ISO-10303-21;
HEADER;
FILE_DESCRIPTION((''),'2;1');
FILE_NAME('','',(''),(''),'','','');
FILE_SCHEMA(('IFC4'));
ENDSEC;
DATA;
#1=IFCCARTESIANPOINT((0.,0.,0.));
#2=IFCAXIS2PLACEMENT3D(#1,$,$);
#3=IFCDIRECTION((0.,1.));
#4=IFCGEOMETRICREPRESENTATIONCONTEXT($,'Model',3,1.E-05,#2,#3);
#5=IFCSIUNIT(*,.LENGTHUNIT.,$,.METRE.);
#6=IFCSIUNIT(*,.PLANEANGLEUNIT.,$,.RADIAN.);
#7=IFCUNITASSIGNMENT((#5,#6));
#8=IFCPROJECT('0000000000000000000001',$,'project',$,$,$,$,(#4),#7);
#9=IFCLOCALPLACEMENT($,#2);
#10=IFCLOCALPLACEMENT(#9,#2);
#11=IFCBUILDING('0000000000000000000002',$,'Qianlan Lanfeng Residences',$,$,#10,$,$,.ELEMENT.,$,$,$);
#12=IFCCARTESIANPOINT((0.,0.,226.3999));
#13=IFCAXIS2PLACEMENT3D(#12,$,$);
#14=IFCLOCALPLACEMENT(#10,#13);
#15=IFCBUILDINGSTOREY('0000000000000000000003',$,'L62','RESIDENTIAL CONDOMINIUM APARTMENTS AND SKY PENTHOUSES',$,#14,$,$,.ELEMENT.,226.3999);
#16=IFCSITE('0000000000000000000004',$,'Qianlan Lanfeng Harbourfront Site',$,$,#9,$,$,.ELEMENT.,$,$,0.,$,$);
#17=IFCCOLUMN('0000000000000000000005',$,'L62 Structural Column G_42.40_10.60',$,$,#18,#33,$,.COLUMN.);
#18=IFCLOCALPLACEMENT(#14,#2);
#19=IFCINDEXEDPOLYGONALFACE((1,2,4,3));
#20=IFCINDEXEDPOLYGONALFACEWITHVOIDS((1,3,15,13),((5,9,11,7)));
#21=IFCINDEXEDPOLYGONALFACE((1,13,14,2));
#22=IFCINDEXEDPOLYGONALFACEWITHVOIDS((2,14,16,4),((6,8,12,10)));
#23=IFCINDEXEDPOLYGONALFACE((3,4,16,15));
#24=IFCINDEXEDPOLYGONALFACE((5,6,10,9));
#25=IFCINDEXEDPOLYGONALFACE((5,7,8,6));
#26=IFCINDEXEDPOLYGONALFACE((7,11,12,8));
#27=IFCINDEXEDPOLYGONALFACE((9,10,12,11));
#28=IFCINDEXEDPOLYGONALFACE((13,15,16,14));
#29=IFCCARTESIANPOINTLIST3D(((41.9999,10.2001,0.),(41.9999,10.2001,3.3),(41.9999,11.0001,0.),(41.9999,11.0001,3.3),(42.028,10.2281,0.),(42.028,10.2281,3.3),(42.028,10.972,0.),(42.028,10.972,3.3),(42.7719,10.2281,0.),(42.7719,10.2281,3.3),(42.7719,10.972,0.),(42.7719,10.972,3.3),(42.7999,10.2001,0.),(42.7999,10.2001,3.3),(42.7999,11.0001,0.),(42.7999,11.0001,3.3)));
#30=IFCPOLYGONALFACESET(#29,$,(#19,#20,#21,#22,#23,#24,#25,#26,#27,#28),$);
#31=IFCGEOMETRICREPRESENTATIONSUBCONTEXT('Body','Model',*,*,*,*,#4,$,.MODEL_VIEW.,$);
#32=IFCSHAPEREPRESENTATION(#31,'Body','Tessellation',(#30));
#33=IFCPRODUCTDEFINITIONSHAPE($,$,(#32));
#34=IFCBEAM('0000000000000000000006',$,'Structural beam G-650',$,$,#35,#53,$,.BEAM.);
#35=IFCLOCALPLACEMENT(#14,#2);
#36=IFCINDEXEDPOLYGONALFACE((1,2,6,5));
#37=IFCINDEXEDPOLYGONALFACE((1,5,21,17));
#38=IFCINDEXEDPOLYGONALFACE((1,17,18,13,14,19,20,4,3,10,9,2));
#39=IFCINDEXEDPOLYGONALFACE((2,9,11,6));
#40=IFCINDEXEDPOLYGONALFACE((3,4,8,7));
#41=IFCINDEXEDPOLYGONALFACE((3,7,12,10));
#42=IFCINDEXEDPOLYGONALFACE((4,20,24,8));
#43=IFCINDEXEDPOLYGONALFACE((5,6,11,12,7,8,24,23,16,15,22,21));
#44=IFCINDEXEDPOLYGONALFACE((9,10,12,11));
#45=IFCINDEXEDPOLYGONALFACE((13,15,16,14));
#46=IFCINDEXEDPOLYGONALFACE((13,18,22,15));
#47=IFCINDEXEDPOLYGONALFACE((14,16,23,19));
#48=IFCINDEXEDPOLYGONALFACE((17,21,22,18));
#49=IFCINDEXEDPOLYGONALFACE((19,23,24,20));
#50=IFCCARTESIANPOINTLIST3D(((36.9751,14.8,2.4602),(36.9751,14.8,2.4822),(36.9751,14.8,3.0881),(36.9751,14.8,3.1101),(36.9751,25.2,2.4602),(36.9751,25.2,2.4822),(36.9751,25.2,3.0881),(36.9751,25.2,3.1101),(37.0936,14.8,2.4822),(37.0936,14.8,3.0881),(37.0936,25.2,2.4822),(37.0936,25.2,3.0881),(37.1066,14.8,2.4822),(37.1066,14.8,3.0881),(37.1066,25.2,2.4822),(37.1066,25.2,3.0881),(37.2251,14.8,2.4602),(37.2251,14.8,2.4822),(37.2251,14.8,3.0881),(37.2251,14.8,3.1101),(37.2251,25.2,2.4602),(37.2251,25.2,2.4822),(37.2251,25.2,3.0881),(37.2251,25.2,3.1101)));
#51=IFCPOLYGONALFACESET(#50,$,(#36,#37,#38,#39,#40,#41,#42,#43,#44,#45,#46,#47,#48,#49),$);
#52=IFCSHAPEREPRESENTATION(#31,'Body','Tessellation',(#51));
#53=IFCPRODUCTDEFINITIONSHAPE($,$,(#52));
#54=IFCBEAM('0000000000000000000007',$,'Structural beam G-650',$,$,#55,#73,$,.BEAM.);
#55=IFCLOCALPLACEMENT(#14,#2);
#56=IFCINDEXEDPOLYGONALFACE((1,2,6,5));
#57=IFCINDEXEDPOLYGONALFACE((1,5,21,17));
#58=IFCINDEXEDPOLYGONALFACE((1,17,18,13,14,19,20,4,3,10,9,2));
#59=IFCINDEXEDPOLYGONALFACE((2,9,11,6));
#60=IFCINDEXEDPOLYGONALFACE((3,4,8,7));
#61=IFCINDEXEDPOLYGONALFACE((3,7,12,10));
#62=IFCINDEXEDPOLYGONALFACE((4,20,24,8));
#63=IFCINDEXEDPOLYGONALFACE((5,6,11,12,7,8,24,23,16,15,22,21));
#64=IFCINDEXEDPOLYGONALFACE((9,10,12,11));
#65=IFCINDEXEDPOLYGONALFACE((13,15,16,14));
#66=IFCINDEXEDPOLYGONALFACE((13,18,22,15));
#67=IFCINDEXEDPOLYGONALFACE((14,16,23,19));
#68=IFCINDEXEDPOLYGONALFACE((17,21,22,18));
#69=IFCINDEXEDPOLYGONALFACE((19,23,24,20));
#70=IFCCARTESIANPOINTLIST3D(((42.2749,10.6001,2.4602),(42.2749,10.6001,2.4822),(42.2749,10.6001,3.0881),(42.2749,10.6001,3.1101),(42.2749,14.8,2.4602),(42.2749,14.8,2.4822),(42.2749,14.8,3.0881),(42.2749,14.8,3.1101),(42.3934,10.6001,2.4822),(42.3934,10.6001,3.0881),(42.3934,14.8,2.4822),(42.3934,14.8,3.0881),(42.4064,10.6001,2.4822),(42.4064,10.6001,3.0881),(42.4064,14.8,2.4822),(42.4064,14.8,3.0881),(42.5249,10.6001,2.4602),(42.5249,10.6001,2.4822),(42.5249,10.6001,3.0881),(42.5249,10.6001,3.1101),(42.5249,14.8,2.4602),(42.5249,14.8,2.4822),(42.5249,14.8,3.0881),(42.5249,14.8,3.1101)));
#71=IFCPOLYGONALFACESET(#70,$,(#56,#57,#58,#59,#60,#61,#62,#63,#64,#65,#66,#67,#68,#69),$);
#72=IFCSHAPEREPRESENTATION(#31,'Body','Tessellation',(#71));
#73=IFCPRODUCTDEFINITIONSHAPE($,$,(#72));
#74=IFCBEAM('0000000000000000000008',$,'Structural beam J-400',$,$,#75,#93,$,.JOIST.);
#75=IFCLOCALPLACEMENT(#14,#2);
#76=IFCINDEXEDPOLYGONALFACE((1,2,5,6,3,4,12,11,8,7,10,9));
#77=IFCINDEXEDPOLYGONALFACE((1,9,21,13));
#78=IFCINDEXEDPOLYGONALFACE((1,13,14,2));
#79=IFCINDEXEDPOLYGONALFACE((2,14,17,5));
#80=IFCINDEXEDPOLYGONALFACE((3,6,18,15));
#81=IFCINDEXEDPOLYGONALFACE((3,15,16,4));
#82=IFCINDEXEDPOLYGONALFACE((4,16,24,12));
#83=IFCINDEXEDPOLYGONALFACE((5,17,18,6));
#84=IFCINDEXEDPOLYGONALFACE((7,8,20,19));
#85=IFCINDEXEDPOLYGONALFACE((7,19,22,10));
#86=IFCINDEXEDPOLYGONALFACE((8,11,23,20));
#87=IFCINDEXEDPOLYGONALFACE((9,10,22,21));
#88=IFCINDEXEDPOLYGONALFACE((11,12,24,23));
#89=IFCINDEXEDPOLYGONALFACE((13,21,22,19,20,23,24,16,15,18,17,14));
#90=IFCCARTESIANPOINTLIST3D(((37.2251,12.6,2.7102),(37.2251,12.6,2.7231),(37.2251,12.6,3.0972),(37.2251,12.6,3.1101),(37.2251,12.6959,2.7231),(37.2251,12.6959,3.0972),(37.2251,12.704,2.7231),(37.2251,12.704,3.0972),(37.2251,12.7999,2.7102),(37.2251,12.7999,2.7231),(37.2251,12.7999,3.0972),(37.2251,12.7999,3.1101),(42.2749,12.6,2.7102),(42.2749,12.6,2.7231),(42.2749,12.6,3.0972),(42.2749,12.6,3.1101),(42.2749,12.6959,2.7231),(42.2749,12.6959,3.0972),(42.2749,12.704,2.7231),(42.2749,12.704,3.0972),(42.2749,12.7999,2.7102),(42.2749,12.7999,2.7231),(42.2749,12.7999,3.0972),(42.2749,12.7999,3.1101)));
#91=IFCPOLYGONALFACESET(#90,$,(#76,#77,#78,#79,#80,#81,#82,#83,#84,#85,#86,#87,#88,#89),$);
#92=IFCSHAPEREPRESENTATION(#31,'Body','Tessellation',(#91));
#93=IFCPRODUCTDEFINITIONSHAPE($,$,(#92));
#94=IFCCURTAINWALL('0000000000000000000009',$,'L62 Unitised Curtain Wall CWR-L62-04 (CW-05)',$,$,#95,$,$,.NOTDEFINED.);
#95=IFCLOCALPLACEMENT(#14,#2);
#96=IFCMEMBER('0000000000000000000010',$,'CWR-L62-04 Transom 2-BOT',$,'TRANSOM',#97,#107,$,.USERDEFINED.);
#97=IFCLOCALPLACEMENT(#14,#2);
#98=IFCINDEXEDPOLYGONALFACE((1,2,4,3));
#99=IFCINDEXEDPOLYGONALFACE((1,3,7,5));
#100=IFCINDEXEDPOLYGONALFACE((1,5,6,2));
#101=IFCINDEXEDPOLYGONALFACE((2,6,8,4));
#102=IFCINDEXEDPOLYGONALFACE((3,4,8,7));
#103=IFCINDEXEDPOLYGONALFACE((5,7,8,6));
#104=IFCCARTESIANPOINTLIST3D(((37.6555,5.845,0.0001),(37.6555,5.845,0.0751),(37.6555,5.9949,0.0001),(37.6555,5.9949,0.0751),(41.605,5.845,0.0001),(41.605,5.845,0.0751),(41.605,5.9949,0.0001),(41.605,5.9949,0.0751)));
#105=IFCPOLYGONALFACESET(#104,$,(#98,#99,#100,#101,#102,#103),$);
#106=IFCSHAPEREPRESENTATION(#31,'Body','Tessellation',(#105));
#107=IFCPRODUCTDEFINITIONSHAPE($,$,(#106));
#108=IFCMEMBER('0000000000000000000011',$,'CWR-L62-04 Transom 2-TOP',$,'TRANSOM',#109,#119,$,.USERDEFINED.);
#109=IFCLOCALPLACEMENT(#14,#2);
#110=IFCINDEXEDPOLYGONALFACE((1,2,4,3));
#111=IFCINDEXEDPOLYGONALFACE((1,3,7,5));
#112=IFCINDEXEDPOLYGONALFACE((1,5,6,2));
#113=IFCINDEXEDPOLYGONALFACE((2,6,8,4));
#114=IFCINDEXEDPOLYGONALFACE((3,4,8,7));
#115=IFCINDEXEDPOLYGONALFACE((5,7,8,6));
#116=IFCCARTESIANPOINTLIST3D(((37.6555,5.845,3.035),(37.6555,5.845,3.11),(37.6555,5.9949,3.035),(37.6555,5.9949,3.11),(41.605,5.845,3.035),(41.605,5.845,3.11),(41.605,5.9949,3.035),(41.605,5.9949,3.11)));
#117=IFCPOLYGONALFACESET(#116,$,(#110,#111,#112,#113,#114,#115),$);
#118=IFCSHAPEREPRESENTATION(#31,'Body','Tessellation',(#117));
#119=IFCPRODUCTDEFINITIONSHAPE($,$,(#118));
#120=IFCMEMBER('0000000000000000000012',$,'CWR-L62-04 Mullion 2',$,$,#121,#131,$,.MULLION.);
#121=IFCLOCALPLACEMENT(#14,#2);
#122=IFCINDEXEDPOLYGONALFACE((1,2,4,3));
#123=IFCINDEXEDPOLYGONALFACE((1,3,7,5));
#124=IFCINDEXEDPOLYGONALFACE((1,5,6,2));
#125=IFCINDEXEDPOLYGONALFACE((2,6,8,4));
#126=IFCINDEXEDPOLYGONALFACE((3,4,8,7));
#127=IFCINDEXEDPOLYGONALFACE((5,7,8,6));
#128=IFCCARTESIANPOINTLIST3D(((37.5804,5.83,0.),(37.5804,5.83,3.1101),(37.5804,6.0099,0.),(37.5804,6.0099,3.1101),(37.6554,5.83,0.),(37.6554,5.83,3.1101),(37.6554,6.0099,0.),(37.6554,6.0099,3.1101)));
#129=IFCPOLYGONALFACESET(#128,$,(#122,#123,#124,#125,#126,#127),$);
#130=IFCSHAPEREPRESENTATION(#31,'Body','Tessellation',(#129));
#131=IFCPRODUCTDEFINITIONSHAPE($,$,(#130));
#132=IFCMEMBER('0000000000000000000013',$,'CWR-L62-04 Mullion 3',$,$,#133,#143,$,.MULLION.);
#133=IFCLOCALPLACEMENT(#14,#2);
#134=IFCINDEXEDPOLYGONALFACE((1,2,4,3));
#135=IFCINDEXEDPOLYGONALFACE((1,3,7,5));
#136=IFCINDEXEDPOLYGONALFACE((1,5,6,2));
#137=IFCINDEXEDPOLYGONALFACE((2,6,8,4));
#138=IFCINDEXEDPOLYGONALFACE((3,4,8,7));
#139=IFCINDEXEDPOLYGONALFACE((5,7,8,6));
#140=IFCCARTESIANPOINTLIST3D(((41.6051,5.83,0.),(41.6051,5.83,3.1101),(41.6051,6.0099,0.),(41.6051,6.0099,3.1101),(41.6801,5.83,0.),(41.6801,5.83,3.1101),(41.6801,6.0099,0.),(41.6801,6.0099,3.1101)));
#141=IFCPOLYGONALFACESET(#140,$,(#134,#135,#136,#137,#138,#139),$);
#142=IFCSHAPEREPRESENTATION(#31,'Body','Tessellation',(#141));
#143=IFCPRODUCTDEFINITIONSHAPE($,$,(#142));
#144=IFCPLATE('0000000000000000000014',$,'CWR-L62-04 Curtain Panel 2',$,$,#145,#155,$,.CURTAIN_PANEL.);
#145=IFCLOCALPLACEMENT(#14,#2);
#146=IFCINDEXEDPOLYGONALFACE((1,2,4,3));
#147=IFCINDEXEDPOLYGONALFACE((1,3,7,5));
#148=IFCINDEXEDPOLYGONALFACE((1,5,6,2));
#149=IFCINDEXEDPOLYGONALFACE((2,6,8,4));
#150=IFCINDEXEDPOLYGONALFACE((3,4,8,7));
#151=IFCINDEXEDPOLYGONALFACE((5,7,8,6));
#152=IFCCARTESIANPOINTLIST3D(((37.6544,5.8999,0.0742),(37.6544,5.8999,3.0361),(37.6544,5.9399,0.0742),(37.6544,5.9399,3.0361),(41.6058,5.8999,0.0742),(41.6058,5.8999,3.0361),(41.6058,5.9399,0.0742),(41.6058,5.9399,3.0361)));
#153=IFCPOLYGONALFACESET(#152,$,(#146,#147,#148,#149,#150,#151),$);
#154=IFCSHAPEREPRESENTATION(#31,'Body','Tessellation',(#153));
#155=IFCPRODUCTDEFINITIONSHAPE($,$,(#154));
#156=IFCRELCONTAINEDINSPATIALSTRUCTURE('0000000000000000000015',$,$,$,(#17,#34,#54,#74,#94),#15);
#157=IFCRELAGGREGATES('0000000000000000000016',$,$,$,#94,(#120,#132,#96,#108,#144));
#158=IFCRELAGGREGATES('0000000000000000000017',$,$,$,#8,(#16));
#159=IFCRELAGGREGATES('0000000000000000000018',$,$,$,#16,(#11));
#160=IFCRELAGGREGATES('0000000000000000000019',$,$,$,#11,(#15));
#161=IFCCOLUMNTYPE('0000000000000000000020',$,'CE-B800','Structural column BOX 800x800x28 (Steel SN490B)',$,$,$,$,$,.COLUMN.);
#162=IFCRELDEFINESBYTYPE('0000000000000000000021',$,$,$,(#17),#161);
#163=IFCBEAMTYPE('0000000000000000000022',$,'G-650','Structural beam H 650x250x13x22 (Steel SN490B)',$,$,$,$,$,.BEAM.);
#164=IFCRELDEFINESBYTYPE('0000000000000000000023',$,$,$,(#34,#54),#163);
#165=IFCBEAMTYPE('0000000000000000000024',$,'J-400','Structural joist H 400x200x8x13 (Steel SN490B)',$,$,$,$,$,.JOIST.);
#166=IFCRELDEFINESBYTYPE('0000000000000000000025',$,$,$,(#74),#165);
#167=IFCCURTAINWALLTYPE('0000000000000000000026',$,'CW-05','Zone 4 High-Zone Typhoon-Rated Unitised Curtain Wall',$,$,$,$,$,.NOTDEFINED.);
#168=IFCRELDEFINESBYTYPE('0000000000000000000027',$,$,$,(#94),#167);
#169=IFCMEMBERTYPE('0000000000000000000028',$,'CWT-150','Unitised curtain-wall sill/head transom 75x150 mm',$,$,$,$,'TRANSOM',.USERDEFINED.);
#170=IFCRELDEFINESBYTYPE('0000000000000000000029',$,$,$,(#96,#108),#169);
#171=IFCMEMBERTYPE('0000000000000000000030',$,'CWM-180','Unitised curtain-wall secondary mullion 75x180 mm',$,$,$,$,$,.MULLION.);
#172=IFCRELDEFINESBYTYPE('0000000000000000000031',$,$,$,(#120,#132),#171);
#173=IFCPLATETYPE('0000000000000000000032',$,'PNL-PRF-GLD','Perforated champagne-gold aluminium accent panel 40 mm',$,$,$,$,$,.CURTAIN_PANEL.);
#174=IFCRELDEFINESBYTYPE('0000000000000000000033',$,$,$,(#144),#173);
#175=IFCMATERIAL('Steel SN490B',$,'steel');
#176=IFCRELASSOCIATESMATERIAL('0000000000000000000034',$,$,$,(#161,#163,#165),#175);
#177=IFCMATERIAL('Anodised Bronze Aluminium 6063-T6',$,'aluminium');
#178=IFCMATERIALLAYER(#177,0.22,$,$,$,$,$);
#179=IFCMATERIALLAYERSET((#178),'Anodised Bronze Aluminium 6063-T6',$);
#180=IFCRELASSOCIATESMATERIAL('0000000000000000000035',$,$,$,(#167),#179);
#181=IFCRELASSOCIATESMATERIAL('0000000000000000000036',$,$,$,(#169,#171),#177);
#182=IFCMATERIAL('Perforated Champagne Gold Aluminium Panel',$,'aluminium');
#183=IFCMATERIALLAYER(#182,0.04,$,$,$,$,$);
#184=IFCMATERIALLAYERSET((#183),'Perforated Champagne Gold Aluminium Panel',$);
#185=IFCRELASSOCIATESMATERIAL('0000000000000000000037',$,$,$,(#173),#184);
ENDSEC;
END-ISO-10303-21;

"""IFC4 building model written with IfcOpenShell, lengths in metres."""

from ifc_helpers import new_model, si_unit, direction, frame, origin, origin_2d, place, context, subcontext, project, spatial, rectangle, hollow_rectangle, i_section, extrude, source, transform, mapped, material, layer, layer_set, material_profile, profile_set, type_object, element, aggregate, save


model = new_model("IFC4")

# Units and contexts
model_context = context("Model", 3, precision=1e-05, world=origin(), true_north=direction((0.0, 1.0)))
body_context = subcontext(model_context, "Body", "Model", "MODEL_VIEW")
ifc_project = project(units=[si_unit("LENGTHUNIT", "METRE"), si_unit("PLANEANGLEUNIT", "RADIAN")], contexts=[model_context])

# Site, building, storey
site_placement = place(None, origin())
site = spatial("IfcSite", under=ifc_project, at=site_placement, Name="Qianlan Lanfeng Harbourfront Site", CompositionType="ELEMENT", RefElevation=0.0)
building_placement = place(site_placement, origin())
building = spatial("IfcBuilding", under=site, at=building_placement, Name="Qianlan Lanfeng Residences", CompositionType="ELEMENT")
storey_placement = place(building_placement, frame((0.0, 0.0, 226.3999)))
storey = spatial("IfcBuildingStorey", under=building, at=storey_placement, Name="L62", Description="RESIDENTIAL CONDOMINIUM APARTMENTS AND SKY PENTHOUSES", CompositionType="ELEMENT", Elevation=226.3999)

# Column
ifc_material_1 = material(Name="Steel SN490B", Category="steel")
ifc_material_profile_1 = material_profile(ifc_material_1, hollow_rectangle(XDim=0.8, YDim=0.8, WallThickness=0.0281, at=origin_2d()), Name="BOX 800x800x28")
ifc_profile_set_1 = profile_set([ifc_material_profile_1], Name="Steel SN490B")
column_type = type_object("IfcColumnType", Name="CE-B800", Description="Structural column BOX 800x800x28 (Steel SN490B)", PredefinedType="COLUMN", material=ifc_profile_set_1)
column_placement = place(storey_placement, frame((42.3999, 10.6001, 0.0), z_axis=(0.0, 0.0, 1.0), x_axis=(1.0, 0.0, 0.0)))
element("IfcColumn", 1, at=column_placement, inside=storey, type_object=column_type, Name="L62 Structural Column G_42.40_10.60", PredefinedType="COLUMN", context=body_context, shape_type="SweptSolid", body=[
    extrude(hollow_rectangle(XDim=0.8, YDim=0.8, WallThickness=0.0281, at=origin_2d()), origin(), (0.0, 0.0, 1.0), 3.3),
])

# Beams
ifc_material_profile_2 = material_profile(ifc_material_1, i_section(OverallWidth=0.25, OverallDepth=0.6499, WebThickness=0.0129, FlangeThickness=0.022, at=origin_2d()), Name="H 650x250x13x22")
ifc_profile_set_2 = profile_set([ifc_material_profile_2], Name="Steel SN490B")
beam_type_1 = type_object("IfcBeamType", Name="G-650", Description="Structural beam H 650x250x13x22 (Steel SN490B)", PredefinedType="BEAM", material=ifc_profile_set_2)
beam_1_placement = place(storey_placement, frame((37.1001, 14.8, 2.7852), z_axis=(0.0, 1.0, 0.0), x_axis=(-1.0, 0.0, 0.0)))
element("IfcBeam", 2, at=beam_1_placement, inside=storey, type_object=beam_type_1, Name="Structural beam G-650", PredefinedType="BEAM", context=body_context, shape_type="SweptSolid", body=[
    extrude(i_section(OverallWidth=0.25, OverallDepth=0.6499, WebThickness=0.0129, FlangeThickness=0.022, at=origin_2d()), origin(), (0.0, 0.0, 1.0), 10.3999),
])
beam_2_placement = place(storey_placement, frame((42.3999, 10.6001, 2.7852), z_axis=(0.0, 1.0, 0.0), x_axis=(-1.0, 0.0, 0.0)))
element("IfcBeam", 3, at=beam_2_placement, inside=storey, type_object=beam_type_1, Name="Structural beam G-650", PredefinedType="BEAM", context=body_context, shape_type="SweptSolid", body=[
    extrude(i_section(OverallWidth=0.25, OverallDepth=0.6499, WebThickness=0.0129, FlangeThickness=0.022, at=origin_2d()), origin(), (0.0, 0.0, 1.0), 4.2),
])
ifc_material_profile_3 = material_profile(ifc_material_1, i_section(OverallWidth=0.2, OverallDepth=0.3999, WebThickness=0.0081, FlangeThickness=0.0129, at=origin_2d()), Name="H 400x200x8x13")
ifc_profile_set_3 = profile_set([ifc_material_profile_3], Name="Steel SN490B")
beam_type_2 = type_object("IfcBeamType", Name="J-400", Description="Structural joist H 400x200x8x13 (Steel SN490B)", PredefinedType="JOIST", material=ifc_profile_set_3)
beam_3_placement = place(storey_placement, frame((37.2251, 12.7, 2.9102), z_axis=(1.0, 0.0, 0.0), x_axis=(0.0, 1.0, 0.0)))
element("IfcBeam", 4, at=beam_3_placement, inside=storey, type_object=beam_type_2, Name="Structural beam J-400", PredefinedType="JOIST", context=body_context, shape_type="SweptSolid", body=[
    extrude(i_section(OverallWidth=0.2, OverallDepth=0.3999, WebThickness=0.0081, FlangeThickness=0.0129, at=origin_2d()), origin(), (0.0, 0.0, 1.0), 5.0498),
])

# Curtain wall, members, plate
ifc_material_2 = material(Name="Anodised Bronze Aluminium 6063-T6", Category="aluminium")
ifc_layer_1 = layer(ifc_material_2, 0.22)
ifc_layer_set_1 = layer_set([ifc_layer_1], Name="Anodised Bronze Aluminium 6063-T6")
curtain_wall_type = type_object("IfcCurtainWallType", Name="CW-05", Description="Zone 4 High-Zone Typhoon-Rated Unitised Curtain Wall", PredefinedType="NOTDEFINED", material=ifc_layer_set_1)
curtain_wall_placement = place(storey_placement, origin())
curtain_wall = element("IfcCurtainWall", 5, at=curtain_wall_placement, inside=storey, type_object=curtain_wall_type, Name="L62 Unitised Curtain Wall CWR-L62-04 (CW-05)", PredefinedType="NOTDEFINED")
ifc_material_profile_4 = material_profile(ifc_material_2, rectangle(XDim=0.075, YDim=0.1499, at=origin_2d()), Name="ALU TRANSOM 75x150")
ifc_profile_set_4 = profile_set([ifc_material_profile_4], Name="Anodised Bronze Aluminium 6063-T6")
member_type_1 = type_object("IfcMemberType", Name="CWT-150", Description="Unitised curtain-wall sill/head transom 75x150 mm", ElementType="TRANSOM", PredefinedType="USERDEFINED", material=ifc_profile_set_4)
shared_shape_1 = source(origin(), body_context, "Body", "SweptSolid", [
    extrude(rectangle(XDim=0.075, YDim=0.1499, at=origin_2d()), origin(), (0.0, 0.0, 1.0), 3.9495),
])
member_1_placement = place(storey_placement, frame((37.6555, 5.9199, 0.0376), z_axis=(1.0, 0.0, 0.0), x_axis=(0.0, 0.0, 1.0)))
member_1 = element("IfcMember", 6, at=member_1_placement, type_object=member_type_1, Name="CWR-L62-04 Transom 2-BOT", ObjectType="TRANSOM", PredefinedType="USERDEFINED", context=body_context, shape_type="MappedRepresentation", body=[
    mapped(shared_shape_1, transform((0.0, 0.0, 0.0), scale=1.0)),
])
member_2_placement = place(storey_placement, frame((37.6555, 5.9199, 3.0725), z_axis=(1.0, 0.0, 0.0), x_axis=(0.0, 0.0, 1.0)))
member_2 = element("IfcMember", 7, at=member_2_placement, type_object=member_type_1, Name="CWR-L62-04 Transom 2-TOP", ObjectType="TRANSOM", PredefinedType="USERDEFINED", context=body_context, shape_type="MappedRepresentation", body=[
    mapped(shared_shape_1, transform((0.0, 0.0, 0.0), scale=1.0)),
])
ifc_material_profile_5 = material_profile(ifc_material_2, rectangle(XDim=0.075, YDim=0.1799, at=origin_2d()), Name="ALU MULLION 75x180")
ifc_profile_set_5 = profile_set([ifc_material_profile_5], Name="Anodised Bronze Aluminium 6063-T6")
member_type_2 = type_object("IfcMemberType", Name="CWM-180", Description="Unitised curtain-wall secondary mullion 75x180 mm", PredefinedType="MULLION", material=ifc_profile_set_5)
shared_shape_2 = source(origin(), body_context, "Body", "SweptSolid", [
    extrude(rectangle(XDim=0.075, YDim=0.1799, at=origin_2d()), origin(), (0.0, 0.0, 1.0), 3.1101),
])
member_3_placement = place(storey_placement, frame((37.6179, 5.9199, 0.0), z_axis=(0.0, 0.0, 1.0), x_axis=(1.0, 0.0, 0.0)))
member_3 = element("IfcMember", 8, at=member_3_placement, type_object=member_type_2, Name="CWR-L62-04 Mullion 2", PredefinedType="MULLION", context=body_context, shape_type="MappedRepresentation", body=[
    mapped(shared_shape_2, transform((0.0, 0.0, 0.0), scale=1.0)),
])
member_4_placement = place(storey_placement, frame((41.6426, 5.9199, 0.0), z_axis=(0.0, 0.0, 1.0), x_axis=(1.0, 0.0, 0.0)))
member_4 = element("IfcMember", 9, at=member_4_placement, type_object=member_type_2, Name="CWR-L62-04 Mullion 3", PredefinedType="MULLION", context=body_context, shape_type="MappedRepresentation", body=[
    mapped(shared_shape_2, transform((0.0, 0.0, 0.0), scale=1.0)),
])
ifc_material_3 = material(Name="Perforated Champagne Gold Aluminium Panel", Category="aluminium")
ifc_layer_2 = layer(ifc_material_3, 0.04)
ifc_layer_set_2 = layer_set([ifc_layer_2], Name="Perforated Champagne Gold Aluminium Panel")
plate_type = type_object("IfcPlateType", Name="PNL-PRF-GLD", Description="Perforated champagne-gold aluminium accent panel 40 mm", PredefinedType="CURTAIN_PANEL", material=ifc_layer_set_2)
shared_shape_3 = source(origin(), body_context, "Body", "SweptSolid", [
    extrude(rectangle(XDim=3.9514, YDim=0.04, at=origin_2d()), origin(), (0.0, 0.0, 1.0), 2.9619),
])
plate_placement = place(storey_placement, frame((39.6301, 5.9199, 0.0742), z_axis=(0.0, 0.0, 1.0), x_axis=(1.0, 0.0, 0.0)))
plate = element("IfcPlate", 10, at=plate_placement, type_object=plate_type, Name="CWR-L62-04 Curtain Panel 2", PredefinedType="CURTAIN_PANEL", context=body_context, shape_type="MappedRepresentation", body=[
    mapped(shared_shape_3, transform((0.0, 0.0, 0.0), scale=1.0)),
])
aggregate(curtain_wall, [member_3, member_4, member_1, member_2, plate])

save(model, "model.ifc")
